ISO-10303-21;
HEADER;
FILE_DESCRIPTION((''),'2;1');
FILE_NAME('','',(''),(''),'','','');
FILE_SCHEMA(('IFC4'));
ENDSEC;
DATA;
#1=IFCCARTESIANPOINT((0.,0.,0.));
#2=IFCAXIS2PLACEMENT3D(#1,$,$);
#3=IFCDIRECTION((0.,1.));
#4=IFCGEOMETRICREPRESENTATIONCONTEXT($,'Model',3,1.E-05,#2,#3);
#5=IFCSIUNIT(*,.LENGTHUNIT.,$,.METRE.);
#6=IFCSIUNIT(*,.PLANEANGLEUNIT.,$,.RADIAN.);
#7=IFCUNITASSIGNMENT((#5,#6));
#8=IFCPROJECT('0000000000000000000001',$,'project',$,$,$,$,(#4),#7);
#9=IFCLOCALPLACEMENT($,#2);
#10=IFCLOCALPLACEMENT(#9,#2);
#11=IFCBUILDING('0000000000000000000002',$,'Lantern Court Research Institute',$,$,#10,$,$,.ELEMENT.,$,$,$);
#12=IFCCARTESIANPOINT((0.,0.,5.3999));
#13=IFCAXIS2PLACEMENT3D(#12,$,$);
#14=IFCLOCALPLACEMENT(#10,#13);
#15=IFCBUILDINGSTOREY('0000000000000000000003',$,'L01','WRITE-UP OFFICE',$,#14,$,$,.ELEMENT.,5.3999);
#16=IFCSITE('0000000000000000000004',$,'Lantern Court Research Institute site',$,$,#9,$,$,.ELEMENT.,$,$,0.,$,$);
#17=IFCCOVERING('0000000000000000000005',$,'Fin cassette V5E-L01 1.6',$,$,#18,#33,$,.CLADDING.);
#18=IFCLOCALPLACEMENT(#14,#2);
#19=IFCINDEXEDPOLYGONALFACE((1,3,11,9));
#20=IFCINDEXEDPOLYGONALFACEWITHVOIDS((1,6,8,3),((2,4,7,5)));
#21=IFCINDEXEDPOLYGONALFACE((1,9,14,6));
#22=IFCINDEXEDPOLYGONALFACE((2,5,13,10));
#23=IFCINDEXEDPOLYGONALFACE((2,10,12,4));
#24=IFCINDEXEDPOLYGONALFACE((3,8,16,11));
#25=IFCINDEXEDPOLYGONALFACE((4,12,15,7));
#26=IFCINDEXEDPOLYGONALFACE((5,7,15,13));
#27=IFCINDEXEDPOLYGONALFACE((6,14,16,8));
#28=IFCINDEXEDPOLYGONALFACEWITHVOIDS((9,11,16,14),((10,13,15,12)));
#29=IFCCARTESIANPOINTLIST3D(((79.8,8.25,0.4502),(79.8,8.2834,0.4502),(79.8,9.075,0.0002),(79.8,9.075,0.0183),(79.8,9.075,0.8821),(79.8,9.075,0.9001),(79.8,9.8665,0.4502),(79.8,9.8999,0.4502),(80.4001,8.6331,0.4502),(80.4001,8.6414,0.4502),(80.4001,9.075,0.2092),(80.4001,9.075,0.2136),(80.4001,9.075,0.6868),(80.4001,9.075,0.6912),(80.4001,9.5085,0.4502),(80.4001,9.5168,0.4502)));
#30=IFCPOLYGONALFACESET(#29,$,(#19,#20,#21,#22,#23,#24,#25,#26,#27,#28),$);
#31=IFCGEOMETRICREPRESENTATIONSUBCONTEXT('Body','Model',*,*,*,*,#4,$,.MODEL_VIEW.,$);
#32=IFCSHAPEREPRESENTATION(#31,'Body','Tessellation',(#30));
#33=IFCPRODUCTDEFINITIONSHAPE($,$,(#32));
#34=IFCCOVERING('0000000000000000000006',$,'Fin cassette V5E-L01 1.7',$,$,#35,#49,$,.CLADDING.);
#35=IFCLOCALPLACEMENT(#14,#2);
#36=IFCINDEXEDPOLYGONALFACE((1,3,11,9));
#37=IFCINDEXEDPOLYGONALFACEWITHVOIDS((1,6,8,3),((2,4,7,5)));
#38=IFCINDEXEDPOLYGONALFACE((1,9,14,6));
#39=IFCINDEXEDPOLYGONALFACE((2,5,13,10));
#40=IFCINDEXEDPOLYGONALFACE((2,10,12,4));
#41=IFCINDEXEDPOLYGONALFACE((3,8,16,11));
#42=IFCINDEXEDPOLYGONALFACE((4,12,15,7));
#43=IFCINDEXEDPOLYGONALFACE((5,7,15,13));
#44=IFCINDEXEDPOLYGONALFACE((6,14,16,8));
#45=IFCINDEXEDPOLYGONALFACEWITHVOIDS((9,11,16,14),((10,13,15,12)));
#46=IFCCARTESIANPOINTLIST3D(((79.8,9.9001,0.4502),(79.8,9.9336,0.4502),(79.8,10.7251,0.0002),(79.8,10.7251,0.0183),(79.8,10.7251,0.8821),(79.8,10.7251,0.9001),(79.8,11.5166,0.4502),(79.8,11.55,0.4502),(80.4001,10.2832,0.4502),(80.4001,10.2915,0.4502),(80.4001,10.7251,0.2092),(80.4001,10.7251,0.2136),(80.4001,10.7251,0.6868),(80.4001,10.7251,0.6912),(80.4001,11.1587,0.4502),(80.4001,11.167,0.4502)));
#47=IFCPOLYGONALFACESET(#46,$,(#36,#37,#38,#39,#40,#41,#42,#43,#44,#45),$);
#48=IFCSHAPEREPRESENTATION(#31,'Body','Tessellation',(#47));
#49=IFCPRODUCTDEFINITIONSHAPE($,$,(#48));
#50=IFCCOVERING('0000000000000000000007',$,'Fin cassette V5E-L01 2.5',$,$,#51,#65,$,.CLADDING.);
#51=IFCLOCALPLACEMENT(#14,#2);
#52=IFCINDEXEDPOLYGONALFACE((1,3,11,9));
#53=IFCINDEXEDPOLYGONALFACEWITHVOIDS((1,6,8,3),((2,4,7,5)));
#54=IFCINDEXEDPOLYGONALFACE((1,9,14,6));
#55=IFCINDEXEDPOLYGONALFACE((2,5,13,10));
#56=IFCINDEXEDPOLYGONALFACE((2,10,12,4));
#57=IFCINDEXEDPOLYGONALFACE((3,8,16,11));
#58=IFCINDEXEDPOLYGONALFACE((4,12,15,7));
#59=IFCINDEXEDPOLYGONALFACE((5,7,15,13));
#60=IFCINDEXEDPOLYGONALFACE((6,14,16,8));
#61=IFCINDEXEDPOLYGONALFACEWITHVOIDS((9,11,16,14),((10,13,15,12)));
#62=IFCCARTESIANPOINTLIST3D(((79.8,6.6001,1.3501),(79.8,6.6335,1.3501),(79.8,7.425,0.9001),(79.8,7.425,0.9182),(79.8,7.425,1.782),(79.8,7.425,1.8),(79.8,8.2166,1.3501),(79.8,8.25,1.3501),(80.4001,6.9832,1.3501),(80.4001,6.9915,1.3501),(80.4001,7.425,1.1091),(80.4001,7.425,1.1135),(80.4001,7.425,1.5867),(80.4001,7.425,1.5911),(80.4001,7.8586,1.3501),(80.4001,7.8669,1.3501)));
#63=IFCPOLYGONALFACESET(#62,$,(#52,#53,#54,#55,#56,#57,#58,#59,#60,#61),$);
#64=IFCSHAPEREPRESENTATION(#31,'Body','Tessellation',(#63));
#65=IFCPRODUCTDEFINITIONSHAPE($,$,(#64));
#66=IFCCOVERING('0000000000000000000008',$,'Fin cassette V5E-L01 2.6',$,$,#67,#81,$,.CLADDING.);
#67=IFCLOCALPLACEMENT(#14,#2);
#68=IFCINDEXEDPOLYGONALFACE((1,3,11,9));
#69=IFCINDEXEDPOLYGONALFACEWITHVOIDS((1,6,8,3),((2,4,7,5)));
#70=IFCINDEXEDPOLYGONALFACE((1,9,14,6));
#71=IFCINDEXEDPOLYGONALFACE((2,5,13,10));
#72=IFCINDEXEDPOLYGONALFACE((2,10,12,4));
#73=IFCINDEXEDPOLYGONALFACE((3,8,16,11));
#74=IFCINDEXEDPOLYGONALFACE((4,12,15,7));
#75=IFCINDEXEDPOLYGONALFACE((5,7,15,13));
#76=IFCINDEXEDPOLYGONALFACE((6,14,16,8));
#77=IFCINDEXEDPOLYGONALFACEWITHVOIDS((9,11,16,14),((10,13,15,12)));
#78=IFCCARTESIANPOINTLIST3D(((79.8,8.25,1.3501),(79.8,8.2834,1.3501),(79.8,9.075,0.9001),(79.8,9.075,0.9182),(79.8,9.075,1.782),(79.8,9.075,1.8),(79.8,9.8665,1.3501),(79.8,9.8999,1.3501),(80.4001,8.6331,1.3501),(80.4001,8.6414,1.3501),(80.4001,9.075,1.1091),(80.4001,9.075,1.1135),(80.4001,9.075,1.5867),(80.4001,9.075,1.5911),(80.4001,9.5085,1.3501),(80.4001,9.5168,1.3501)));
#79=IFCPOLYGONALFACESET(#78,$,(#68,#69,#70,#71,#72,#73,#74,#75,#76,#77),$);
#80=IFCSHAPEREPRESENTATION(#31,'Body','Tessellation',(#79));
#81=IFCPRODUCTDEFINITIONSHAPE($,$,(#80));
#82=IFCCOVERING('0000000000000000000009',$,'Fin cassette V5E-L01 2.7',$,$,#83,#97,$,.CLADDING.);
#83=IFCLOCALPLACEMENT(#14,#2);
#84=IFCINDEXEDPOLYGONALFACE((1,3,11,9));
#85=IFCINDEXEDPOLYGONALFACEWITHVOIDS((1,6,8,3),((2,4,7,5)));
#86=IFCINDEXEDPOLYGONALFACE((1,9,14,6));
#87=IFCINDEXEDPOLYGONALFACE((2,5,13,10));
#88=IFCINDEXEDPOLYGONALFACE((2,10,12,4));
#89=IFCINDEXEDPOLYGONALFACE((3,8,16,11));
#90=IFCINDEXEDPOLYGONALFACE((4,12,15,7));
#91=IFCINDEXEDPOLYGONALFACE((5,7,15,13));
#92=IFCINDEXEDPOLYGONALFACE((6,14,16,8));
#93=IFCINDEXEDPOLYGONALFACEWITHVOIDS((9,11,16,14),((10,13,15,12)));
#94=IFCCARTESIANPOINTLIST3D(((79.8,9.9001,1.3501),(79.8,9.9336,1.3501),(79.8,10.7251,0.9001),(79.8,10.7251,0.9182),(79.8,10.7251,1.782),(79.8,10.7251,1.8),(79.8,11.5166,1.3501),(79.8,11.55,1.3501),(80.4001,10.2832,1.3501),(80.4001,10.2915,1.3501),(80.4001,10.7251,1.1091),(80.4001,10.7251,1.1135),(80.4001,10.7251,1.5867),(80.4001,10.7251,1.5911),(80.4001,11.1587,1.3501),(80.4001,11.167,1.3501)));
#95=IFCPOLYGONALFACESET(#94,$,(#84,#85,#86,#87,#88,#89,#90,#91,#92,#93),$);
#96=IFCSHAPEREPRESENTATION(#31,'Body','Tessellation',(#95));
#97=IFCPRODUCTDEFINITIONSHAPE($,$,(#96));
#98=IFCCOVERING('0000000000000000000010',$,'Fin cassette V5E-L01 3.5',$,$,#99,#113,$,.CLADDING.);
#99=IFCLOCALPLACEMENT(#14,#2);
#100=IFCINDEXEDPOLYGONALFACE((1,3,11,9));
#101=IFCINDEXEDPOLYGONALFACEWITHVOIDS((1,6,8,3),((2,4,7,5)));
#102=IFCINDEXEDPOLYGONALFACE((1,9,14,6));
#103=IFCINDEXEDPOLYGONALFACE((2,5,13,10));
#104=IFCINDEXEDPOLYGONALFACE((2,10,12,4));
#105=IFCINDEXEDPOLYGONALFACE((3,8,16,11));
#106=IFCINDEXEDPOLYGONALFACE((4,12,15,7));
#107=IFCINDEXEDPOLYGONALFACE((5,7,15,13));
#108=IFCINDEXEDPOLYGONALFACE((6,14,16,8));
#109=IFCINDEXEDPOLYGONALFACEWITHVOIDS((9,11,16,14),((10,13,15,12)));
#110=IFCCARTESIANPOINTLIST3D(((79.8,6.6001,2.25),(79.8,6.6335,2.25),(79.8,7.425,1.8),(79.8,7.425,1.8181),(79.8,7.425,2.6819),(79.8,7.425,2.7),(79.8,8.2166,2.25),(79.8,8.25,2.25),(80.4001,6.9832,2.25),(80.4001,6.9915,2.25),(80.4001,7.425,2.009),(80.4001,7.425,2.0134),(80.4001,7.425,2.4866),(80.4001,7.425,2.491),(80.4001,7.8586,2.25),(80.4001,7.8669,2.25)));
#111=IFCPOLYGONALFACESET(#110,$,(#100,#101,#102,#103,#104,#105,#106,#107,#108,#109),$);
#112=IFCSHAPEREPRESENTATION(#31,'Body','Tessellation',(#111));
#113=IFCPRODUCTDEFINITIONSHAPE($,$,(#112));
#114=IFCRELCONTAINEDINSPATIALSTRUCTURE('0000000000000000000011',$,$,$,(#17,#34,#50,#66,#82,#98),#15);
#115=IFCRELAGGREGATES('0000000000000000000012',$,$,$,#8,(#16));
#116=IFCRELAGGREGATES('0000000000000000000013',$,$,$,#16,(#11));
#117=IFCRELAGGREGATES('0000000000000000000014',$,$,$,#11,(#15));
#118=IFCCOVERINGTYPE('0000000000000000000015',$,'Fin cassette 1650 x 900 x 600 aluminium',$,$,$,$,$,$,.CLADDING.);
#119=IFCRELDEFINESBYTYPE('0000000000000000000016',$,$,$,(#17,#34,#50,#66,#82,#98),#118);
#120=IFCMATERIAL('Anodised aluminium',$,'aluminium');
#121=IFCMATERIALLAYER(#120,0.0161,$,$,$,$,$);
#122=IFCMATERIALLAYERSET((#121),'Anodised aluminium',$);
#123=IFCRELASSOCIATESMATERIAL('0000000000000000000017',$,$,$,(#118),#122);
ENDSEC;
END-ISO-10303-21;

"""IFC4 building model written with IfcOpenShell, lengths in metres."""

from ifc_helpers import new_model, entity, si_unit, direction, frame, origin, place, context, subcontext, project, spatial, material, layer, layer_set, type_object, element, save


model = new_model("IFC4")

# Units and contexts
model_context = context("Model", 3, precision=1e-05, world=origin(), true_north=direction((0.0, 1.0)))
body_context = subcontext(model_context, "Body", "Model", "MODEL_VIEW")
ifc_project = project(units=[si_unit("LENGTHUNIT", "METRE"), si_unit("PLANEANGLEUNIT", "RADIAN")], contexts=[model_context])

# Site, building, storey
site_placement = place(None, origin())
site = spatial("IfcSite", under=ifc_project, at=site_placement, Name="Lantern Court Research Institute site", CompositionType="ELEMENT", RefElevation=0.0)
building_placement = place(site_placement, origin())
building = spatial("IfcBuilding", under=site, at=building_placement, Name="Lantern Court Research Institute", CompositionType="ELEMENT")
storey_placement = place(building_placement, frame((0.0, 0.0, 5.3999)))
storey = spatial("IfcBuildingStorey", under=building, at=storey_placement, Name="L01", Description="WRITE-UP OFFICE", CompositionType="ELEMENT", Elevation=5.3999)

# Coverings
ifc_material_1 = material(Name="Anodised aluminium", Category="aluminium")
ifc_layer_1 = layer(ifc_material_1, 0.0161)
ifc_layer_set_1 = layer_set([ifc_layer_1], Name="Anodised aluminium")
covering_type = type_object("IfcCoveringType", Name="Fin cassette 1650 x 900 x 600 aluminium", PredefinedType="CLADDING", material=ifc_layer_set_1)
covering_1_placement = place(storey_placement, frame((79.8, 9.075, 0.4502), z_axis=(1.0, 0.0, 0.0), x_axis=(0.0, 1.0, 0.0)))
cartesian_point_1 = entity("IfcCartesianPoint", [0.825, 0.0])
cartesian_point_2 = entity("IfcCartesianPoint", [0.7915, 0.0])
cartesian_point_3 = entity("IfcCartesianPoint", [0.4419, 0.0])
cartesian_point_4 = entity("IfcCartesianPoint", [0.4336, 0.0])
element("IfcCovering", 1, at=covering_1_placement, inside=storey, type_object=covering_type, Name="Fin cassette V5E-L01 1.6", PredefinedType="CLADDING", context=body_context, shape_type="SweptSolid", body=[
    entity("IfcExtrudedAreaSolidTapered", entity("IfcArbitraryProfileDefWithVoids", "AREA", None, entity("IfcPolyline", [cartesian_point_1, entity("IfcCartesianPoint", [0.0, 0.45]), entity("IfcCartesianPoint", [-0.825, 0.0]), entity("IfcCartesianPoint", [0.0, -0.45]), cartesian_point_1]), [entity("IfcPolyline", [cartesian_point_2, entity("IfcCartesianPoint", [0.0, 0.4319]), entity("IfcCartesianPoint", [-0.7915, 0.0]), entity("IfcCartesianPoint", [0.0, -0.4319]), cartesian_point_2])]), entity("IfcAxis2Placement3D", entity("IfcCartesianPoint", [0.0, 0.0, 0.0])), entity("IfcDirection", [0.0, 0.0, 1.0]), 0.6001, entity("IfcArbitraryProfileDefWithVoids", "AREA", None, entity("IfcPolyline", [cartesian_point_3, entity("IfcCartesianPoint", [0.0, 0.241]), entity("IfcCartesianPoint", [-0.4419, 0.0]), entity("IfcCartesianPoint", [0.0, -0.241]), cartesian_point_3]), [entity("IfcPolyline", [cartesian_point_4, entity("IfcCartesianPoint", [0.0, 0.2366]), entity("IfcCartesianPoint", [-0.4336, 0.0]), entity("IfcCartesianPoint", [0.0, -0.2366]), cartesian_point_4])])),
])
covering_2_placement = place(storey_placement, frame((79.8, 10.7251, 0.4502), z_axis=(1.0, 0.0, 0.0), x_axis=(0.0, 1.0, 0.0)))
cartesian_point_5 = entity("IfcCartesianPoint", [0.825, 0.0])
cartesian_point_6 = entity("IfcCartesianPoint", [0.7915, 0.0])
cartesian_point_7 = entity("IfcCartesianPoint", [0.4419, 0.0])
cartesian_point_8 = entity("IfcCartesianPoint", [0.4336, 0.0])
element("IfcCovering", 2, at=covering_2_placement, inside=storey, type_object=covering_type, Name="Fin cassette V5E-L01 1.7", PredefinedType="CLADDING", context=body_context, shape_type="SweptSolid", body=[
    entity("IfcExtrudedAreaSolidTapered", entity("IfcArbitraryProfileDefWithVoids", "AREA", None, entity("IfcPolyline", [cartesian_point_5, entity("IfcCartesianPoint", [0.0, 0.45]), entity("IfcCartesianPoint", [-0.825, 0.0]), entity("IfcCartesianPoint", [0.0, -0.45]), cartesian_point_5]), [entity("IfcPolyline", [cartesian_point_6, entity("IfcCartesianPoint", [0.0, 0.4319]), entity("IfcCartesianPoint", [-0.7915, 0.0]), entity("IfcCartesianPoint", [0.0, -0.4319]), cartesian_point_6])]), entity("IfcAxis2Placement3D", entity("IfcCartesianPoint", [0.0, 0.0, 0.0])), entity("IfcDirection", [0.0, 0.0, 1.0]), 0.6001, entity("IfcArbitraryProfileDefWithVoids", "AREA", None, entity("IfcPolyline", [cartesian_point_7, entity("IfcCartesianPoint", [0.0, 0.241]), entity("IfcCartesianPoint", [-0.4419, 0.0]), entity("IfcCartesianPoint", [0.0, -0.241]), cartesian_point_7]), [entity("IfcPolyline", [cartesian_point_8, entity("IfcCartesianPoint", [0.0, 0.2366]), entity("IfcCartesianPoint", [-0.4336, 0.0]), entity("IfcCartesianPoint", [0.0, -0.2366]), cartesian_point_8])])),
])
covering_3_placement = place(storey_placement, frame((79.8, 7.425, 1.3501), z_axis=(1.0, 0.0, 0.0), x_axis=(0.0, 1.0, 0.0)))
cartesian_point_9 = entity("IfcCartesianPoint", [0.825, 0.0])
cartesian_point_10 = entity("IfcCartesianPoint", [0.7915, 0.0])
cartesian_point_11 = entity("IfcCartesianPoint", [0.4419, 0.0])
cartesian_point_12 = entity("IfcCartesianPoint", [0.4336, 0.0])
element("IfcCovering", 3, at=covering_3_placement, inside=storey, type_object=covering_type, Name="Fin cassette V5E-L01 2.5", PredefinedType="CLADDING", context=body_context, shape_type="SweptSolid", body=[
    entity("IfcExtrudedAreaSolidTapered", entity("IfcArbitraryProfileDefWithVoids", "AREA", None, entity("IfcPolyline", [cartesian_point_9, entity("IfcCartesianPoint", [0.0, 0.45]), entity("IfcCartesianPoint", [-0.825, 0.0]), entity("IfcCartesianPoint", [0.0, -0.45]), cartesian_point_9]), [entity("IfcPolyline", [cartesian_point_10, entity("IfcCartesianPoint", [0.0, 0.4319]), entity("IfcCartesianPoint", [-0.7915, 0.0]), entity("IfcCartesianPoint", [0.0, -0.4319]), cartesian_point_10])]), entity("IfcAxis2Placement3D", entity("IfcCartesianPoint", [0.0, 0.0, 0.0])), entity("IfcDirection", [0.0, 0.0, 1.0]), 0.6001, entity("IfcArbitraryProfileDefWithVoids", "AREA", None, entity("IfcPolyline", [cartesian_point_11, entity("IfcCartesianPoint", [0.0, 0.241]), entity("IfcCartesianPoint", [-0.4419, 0.0]), entity("IfcCartesianPoint", [0.0, -0.241]), cartesian_point_11]), [entity("IfcPolyline", [cartesian_point_12, entity("IfcCartesianPoint", [0.0, 0.2366]), entity("IfcCartesianPoint", [-0.4336, 0.0]), entity("IfcCartesianPoint", [0.0, -0.2366]), cartesian_point_12])])),
])
covering_4_placement = place(storey_placement, frame((79.8, 9.075, 1.3501), z_axis=(1.0, 0.0, 0.0), x_axis=(0.0, 1.0, 0.0)))
cartesian_point_13 = entity("IfcCartesianPoint", [0.825, 0.0])
cartesian_point_14 = entity("IfcCartesianPoint", [0.7915, 0.0])
cartesian_point_15 = entity("IfcCartesianPoint", [0.4419, 0.0])
cartesian_point_16 = entity("IfcCartesianPoint", [0.4336, 0.0])
element("IfcCovering", 4, at=covering_4_placement, inside=storey, type_object=covering_type, Name="Fin cassette V5E-L01 2.6", PredefinedType="CLADDING", context=body_context, shape_type="SweptSolid", body=[
    entity("IfcExtrudedAreaSolidTapered", entity("IfcArbitraryProfileDefWithVoids", "AREA", None, entity("IfcPolyline", [cartesian_point_13, entity("IfcCartesianPoint", [0.0, 0.45]), entity("IfcCartesianPoint", [-0.825, 0.0]), entity("IfcCartesianPoint", [0.0, -0.45]), cartesian_point_13]), [entity("IfcPolyline", [cartesian_point_14, entity("IfcCartesianPoint", [0.0, 0.4319]), entity("IfcCartesianPoint", [-0.7915, 0.0]), entity("IfcCartesianPoint", [0.0, -0.4319]), cartesian_point_14])]), entity("IfcAxis2Placement3D", entity("IfcCartesianPoint", [0.0, 0.0, 0.0])), entity("IfcDirection", [0.0, 0.0, 1.0]), 0.6001, entity("IfcArbitraryProfileDefWithVoids", "AREA", None, entity("IfcPolyline", [cartesian_point_15, entity("IfcCartesianPoint", [0.0, 0.241]), entity("IfcCartesianPoint", [-0.4419, 0.0]), entity("IfcCartesianPoint", [0.0, -0.241]), cartesian_point_15]), [entity("IfcPolyline", [cartesian_point_16, entity("IfcCartesianPoint", [0.0, 0.2366]), entity("IfcCartesianPoint", [-0.4336, 0.0]), entity("IfcCartesianPoint", [0.0, -0.2366]), cartesian_point_16])])),
])
covering_5_placement = place(storey_placement, frame((79.8, 10.7251, 1.3501), z_axis=(1.0, 0.0, 0.0), x_axis=(0.0, 1.0, 0.0)))
cartesian_point_17 = entity("IfcCartesianPoint", [0.825, 0.0])
cartesian_point_18 = entity("IfcCartesianPoint", [0.7915, 0.0])
cartesian_point_19 = entity("IfcCartesianPoint", [0.4419, 0.0])
cartesian_point_20 = entity("IfcCartesianPoint", [0.4336, 0.0])
element("IfcCovering", 5, at=covering_5_placement, inside=storey, type_object=covering_type, Name="Fin cassette V5E-L01 2.7", PredefinedType="CLADDING", context=body_context, shape_type="SweptSolid", body=[
    entity("IfcExtrudedAreaSolidTapered", entity("IfcArbitraryProfileDefWithVoids", "AREA", None, entity("IfcPolyline", [cartesian_point_17, entity("IfcCartesianPoint", [0.0, 0.45]), entity("IfcCartesianPoint", [-0.825, 0.0]), entity("IfcCartesianPoint", [0.0, -0.45]), cartesian_point_17]), [entity("IfcPolyline", [cartesian_point_18, entity("IfcCartesianPoint", [0.0, 0.4319]), entity("IfcCartesianPoint", [-0.7915, 0.0]), entity("IfcCartesianPoint", [0.0, -0.4319]), cartesian_point_18])]), entity("IfcAxis2Placement3D", entity("IfcCartesianPoint", [0.0, 0.0, 0.0])), entity("IfcDirection", [0.0, 0.0, 1.0]), 0.6001, entity("IfcArbitraryProfileDefWithVoids", "AREA", None, entity("IfcPolyline", [cartesian_point_19, entity("IfcCartesianPoint", [0.0, 0.241]), entity("IfcCartesianPoint", [-0.4419, 0.0]), entity("IfcCartesianPoint", [0.0, -0.241]), cartesian_point_19]), [entity("IfcPolyline", [cartesian_point_20, entity("IfcCartesianPoint", [0.0, 0.2366]), entity("IfcCartesianPoint", [-0.4336, 0.0]), entity("IfcCartesianPoint", [0.0, -0.2366]), cartesian_point_20])])),
])
covering_6_placement = place(storey_placement, frame((79.8, 7.425, 2.25), z_axis=(1.0, 0.0, 0.0), x_axis=(0.0, 1.0, 0.0)))
cartesian_point_21 = entity("IfcCartesianPoint", [0.825, 0.0])
cartesian_point_22 = entity("IfcCartesianPoint", [0.7915, 0.0])
cartesian_point_23 = entity("IfcCartesianPoint", [0.4419, 0.0])
cartesian_point_24 = entity("IfcCartesianPoint", [0.4336, 0.0])
element("IfcCovering", 6, at=covering_6_placement, inside=storey, type_object=covering_type, Name="Fin cassette V5E-L01 3.5", PredefinedType="CLADDING", context=body_context, shape_type="SweptSolid", body=[
    entity("IfcExtrudedAreaSolidTapered", entity("IfcArbitraryProfileDefWithVoids", "AREA", None, entity("IfcPolyline", [cartesian_point_21, entity("IfcCartesianPoint", [0.0, 0.45]), entity("IfcCartesianPoint", [-0.825, 0.0]), entity("IfcCartesianPoint", [0.0, -0.45]), cartesian_point_21]), [entity("IfcPolyline", [cartesian_point_22, entity("IfcCartesianPoint", [0.0, 0.4319]), entity("IfcCartesianPoint", [-0.7915, 0.0]), entity("IfcCartesianPoint", [0.0, -0.4319]), cartesian_point_22])]), entity("IfcAxis2Placement3D", entity("IfcCartesianPoint", [0.0, 0.0, 0.0])), entity("IfcDirection", [0.0, 0.0, 1.0]), 0.6001, entity("IfcArbitraryProfileDefWithVoids", "AREA", None, entity("IfcPolyline", [cartesian_point_23, entity("IfcCartesianPoint", [0.0, 0.241]), entity("IfcCartesianPoint", [-0.4419, 0.0]), entity("IfcCartesianPoint", [0.0, -0.241]), cartesian_point_23]), [entity("IfcPolyline", [cartesian_point_24, entity("IfcCartesianPoint", [0.0, 0.2366]), entity("IfcCartesianPoint", [-0.4336, 0.0]), entity("IfcCartesianPoint", [0.0, -0.2366]), cartesian_point_24])])),
])

save(model, "model.ifc")
